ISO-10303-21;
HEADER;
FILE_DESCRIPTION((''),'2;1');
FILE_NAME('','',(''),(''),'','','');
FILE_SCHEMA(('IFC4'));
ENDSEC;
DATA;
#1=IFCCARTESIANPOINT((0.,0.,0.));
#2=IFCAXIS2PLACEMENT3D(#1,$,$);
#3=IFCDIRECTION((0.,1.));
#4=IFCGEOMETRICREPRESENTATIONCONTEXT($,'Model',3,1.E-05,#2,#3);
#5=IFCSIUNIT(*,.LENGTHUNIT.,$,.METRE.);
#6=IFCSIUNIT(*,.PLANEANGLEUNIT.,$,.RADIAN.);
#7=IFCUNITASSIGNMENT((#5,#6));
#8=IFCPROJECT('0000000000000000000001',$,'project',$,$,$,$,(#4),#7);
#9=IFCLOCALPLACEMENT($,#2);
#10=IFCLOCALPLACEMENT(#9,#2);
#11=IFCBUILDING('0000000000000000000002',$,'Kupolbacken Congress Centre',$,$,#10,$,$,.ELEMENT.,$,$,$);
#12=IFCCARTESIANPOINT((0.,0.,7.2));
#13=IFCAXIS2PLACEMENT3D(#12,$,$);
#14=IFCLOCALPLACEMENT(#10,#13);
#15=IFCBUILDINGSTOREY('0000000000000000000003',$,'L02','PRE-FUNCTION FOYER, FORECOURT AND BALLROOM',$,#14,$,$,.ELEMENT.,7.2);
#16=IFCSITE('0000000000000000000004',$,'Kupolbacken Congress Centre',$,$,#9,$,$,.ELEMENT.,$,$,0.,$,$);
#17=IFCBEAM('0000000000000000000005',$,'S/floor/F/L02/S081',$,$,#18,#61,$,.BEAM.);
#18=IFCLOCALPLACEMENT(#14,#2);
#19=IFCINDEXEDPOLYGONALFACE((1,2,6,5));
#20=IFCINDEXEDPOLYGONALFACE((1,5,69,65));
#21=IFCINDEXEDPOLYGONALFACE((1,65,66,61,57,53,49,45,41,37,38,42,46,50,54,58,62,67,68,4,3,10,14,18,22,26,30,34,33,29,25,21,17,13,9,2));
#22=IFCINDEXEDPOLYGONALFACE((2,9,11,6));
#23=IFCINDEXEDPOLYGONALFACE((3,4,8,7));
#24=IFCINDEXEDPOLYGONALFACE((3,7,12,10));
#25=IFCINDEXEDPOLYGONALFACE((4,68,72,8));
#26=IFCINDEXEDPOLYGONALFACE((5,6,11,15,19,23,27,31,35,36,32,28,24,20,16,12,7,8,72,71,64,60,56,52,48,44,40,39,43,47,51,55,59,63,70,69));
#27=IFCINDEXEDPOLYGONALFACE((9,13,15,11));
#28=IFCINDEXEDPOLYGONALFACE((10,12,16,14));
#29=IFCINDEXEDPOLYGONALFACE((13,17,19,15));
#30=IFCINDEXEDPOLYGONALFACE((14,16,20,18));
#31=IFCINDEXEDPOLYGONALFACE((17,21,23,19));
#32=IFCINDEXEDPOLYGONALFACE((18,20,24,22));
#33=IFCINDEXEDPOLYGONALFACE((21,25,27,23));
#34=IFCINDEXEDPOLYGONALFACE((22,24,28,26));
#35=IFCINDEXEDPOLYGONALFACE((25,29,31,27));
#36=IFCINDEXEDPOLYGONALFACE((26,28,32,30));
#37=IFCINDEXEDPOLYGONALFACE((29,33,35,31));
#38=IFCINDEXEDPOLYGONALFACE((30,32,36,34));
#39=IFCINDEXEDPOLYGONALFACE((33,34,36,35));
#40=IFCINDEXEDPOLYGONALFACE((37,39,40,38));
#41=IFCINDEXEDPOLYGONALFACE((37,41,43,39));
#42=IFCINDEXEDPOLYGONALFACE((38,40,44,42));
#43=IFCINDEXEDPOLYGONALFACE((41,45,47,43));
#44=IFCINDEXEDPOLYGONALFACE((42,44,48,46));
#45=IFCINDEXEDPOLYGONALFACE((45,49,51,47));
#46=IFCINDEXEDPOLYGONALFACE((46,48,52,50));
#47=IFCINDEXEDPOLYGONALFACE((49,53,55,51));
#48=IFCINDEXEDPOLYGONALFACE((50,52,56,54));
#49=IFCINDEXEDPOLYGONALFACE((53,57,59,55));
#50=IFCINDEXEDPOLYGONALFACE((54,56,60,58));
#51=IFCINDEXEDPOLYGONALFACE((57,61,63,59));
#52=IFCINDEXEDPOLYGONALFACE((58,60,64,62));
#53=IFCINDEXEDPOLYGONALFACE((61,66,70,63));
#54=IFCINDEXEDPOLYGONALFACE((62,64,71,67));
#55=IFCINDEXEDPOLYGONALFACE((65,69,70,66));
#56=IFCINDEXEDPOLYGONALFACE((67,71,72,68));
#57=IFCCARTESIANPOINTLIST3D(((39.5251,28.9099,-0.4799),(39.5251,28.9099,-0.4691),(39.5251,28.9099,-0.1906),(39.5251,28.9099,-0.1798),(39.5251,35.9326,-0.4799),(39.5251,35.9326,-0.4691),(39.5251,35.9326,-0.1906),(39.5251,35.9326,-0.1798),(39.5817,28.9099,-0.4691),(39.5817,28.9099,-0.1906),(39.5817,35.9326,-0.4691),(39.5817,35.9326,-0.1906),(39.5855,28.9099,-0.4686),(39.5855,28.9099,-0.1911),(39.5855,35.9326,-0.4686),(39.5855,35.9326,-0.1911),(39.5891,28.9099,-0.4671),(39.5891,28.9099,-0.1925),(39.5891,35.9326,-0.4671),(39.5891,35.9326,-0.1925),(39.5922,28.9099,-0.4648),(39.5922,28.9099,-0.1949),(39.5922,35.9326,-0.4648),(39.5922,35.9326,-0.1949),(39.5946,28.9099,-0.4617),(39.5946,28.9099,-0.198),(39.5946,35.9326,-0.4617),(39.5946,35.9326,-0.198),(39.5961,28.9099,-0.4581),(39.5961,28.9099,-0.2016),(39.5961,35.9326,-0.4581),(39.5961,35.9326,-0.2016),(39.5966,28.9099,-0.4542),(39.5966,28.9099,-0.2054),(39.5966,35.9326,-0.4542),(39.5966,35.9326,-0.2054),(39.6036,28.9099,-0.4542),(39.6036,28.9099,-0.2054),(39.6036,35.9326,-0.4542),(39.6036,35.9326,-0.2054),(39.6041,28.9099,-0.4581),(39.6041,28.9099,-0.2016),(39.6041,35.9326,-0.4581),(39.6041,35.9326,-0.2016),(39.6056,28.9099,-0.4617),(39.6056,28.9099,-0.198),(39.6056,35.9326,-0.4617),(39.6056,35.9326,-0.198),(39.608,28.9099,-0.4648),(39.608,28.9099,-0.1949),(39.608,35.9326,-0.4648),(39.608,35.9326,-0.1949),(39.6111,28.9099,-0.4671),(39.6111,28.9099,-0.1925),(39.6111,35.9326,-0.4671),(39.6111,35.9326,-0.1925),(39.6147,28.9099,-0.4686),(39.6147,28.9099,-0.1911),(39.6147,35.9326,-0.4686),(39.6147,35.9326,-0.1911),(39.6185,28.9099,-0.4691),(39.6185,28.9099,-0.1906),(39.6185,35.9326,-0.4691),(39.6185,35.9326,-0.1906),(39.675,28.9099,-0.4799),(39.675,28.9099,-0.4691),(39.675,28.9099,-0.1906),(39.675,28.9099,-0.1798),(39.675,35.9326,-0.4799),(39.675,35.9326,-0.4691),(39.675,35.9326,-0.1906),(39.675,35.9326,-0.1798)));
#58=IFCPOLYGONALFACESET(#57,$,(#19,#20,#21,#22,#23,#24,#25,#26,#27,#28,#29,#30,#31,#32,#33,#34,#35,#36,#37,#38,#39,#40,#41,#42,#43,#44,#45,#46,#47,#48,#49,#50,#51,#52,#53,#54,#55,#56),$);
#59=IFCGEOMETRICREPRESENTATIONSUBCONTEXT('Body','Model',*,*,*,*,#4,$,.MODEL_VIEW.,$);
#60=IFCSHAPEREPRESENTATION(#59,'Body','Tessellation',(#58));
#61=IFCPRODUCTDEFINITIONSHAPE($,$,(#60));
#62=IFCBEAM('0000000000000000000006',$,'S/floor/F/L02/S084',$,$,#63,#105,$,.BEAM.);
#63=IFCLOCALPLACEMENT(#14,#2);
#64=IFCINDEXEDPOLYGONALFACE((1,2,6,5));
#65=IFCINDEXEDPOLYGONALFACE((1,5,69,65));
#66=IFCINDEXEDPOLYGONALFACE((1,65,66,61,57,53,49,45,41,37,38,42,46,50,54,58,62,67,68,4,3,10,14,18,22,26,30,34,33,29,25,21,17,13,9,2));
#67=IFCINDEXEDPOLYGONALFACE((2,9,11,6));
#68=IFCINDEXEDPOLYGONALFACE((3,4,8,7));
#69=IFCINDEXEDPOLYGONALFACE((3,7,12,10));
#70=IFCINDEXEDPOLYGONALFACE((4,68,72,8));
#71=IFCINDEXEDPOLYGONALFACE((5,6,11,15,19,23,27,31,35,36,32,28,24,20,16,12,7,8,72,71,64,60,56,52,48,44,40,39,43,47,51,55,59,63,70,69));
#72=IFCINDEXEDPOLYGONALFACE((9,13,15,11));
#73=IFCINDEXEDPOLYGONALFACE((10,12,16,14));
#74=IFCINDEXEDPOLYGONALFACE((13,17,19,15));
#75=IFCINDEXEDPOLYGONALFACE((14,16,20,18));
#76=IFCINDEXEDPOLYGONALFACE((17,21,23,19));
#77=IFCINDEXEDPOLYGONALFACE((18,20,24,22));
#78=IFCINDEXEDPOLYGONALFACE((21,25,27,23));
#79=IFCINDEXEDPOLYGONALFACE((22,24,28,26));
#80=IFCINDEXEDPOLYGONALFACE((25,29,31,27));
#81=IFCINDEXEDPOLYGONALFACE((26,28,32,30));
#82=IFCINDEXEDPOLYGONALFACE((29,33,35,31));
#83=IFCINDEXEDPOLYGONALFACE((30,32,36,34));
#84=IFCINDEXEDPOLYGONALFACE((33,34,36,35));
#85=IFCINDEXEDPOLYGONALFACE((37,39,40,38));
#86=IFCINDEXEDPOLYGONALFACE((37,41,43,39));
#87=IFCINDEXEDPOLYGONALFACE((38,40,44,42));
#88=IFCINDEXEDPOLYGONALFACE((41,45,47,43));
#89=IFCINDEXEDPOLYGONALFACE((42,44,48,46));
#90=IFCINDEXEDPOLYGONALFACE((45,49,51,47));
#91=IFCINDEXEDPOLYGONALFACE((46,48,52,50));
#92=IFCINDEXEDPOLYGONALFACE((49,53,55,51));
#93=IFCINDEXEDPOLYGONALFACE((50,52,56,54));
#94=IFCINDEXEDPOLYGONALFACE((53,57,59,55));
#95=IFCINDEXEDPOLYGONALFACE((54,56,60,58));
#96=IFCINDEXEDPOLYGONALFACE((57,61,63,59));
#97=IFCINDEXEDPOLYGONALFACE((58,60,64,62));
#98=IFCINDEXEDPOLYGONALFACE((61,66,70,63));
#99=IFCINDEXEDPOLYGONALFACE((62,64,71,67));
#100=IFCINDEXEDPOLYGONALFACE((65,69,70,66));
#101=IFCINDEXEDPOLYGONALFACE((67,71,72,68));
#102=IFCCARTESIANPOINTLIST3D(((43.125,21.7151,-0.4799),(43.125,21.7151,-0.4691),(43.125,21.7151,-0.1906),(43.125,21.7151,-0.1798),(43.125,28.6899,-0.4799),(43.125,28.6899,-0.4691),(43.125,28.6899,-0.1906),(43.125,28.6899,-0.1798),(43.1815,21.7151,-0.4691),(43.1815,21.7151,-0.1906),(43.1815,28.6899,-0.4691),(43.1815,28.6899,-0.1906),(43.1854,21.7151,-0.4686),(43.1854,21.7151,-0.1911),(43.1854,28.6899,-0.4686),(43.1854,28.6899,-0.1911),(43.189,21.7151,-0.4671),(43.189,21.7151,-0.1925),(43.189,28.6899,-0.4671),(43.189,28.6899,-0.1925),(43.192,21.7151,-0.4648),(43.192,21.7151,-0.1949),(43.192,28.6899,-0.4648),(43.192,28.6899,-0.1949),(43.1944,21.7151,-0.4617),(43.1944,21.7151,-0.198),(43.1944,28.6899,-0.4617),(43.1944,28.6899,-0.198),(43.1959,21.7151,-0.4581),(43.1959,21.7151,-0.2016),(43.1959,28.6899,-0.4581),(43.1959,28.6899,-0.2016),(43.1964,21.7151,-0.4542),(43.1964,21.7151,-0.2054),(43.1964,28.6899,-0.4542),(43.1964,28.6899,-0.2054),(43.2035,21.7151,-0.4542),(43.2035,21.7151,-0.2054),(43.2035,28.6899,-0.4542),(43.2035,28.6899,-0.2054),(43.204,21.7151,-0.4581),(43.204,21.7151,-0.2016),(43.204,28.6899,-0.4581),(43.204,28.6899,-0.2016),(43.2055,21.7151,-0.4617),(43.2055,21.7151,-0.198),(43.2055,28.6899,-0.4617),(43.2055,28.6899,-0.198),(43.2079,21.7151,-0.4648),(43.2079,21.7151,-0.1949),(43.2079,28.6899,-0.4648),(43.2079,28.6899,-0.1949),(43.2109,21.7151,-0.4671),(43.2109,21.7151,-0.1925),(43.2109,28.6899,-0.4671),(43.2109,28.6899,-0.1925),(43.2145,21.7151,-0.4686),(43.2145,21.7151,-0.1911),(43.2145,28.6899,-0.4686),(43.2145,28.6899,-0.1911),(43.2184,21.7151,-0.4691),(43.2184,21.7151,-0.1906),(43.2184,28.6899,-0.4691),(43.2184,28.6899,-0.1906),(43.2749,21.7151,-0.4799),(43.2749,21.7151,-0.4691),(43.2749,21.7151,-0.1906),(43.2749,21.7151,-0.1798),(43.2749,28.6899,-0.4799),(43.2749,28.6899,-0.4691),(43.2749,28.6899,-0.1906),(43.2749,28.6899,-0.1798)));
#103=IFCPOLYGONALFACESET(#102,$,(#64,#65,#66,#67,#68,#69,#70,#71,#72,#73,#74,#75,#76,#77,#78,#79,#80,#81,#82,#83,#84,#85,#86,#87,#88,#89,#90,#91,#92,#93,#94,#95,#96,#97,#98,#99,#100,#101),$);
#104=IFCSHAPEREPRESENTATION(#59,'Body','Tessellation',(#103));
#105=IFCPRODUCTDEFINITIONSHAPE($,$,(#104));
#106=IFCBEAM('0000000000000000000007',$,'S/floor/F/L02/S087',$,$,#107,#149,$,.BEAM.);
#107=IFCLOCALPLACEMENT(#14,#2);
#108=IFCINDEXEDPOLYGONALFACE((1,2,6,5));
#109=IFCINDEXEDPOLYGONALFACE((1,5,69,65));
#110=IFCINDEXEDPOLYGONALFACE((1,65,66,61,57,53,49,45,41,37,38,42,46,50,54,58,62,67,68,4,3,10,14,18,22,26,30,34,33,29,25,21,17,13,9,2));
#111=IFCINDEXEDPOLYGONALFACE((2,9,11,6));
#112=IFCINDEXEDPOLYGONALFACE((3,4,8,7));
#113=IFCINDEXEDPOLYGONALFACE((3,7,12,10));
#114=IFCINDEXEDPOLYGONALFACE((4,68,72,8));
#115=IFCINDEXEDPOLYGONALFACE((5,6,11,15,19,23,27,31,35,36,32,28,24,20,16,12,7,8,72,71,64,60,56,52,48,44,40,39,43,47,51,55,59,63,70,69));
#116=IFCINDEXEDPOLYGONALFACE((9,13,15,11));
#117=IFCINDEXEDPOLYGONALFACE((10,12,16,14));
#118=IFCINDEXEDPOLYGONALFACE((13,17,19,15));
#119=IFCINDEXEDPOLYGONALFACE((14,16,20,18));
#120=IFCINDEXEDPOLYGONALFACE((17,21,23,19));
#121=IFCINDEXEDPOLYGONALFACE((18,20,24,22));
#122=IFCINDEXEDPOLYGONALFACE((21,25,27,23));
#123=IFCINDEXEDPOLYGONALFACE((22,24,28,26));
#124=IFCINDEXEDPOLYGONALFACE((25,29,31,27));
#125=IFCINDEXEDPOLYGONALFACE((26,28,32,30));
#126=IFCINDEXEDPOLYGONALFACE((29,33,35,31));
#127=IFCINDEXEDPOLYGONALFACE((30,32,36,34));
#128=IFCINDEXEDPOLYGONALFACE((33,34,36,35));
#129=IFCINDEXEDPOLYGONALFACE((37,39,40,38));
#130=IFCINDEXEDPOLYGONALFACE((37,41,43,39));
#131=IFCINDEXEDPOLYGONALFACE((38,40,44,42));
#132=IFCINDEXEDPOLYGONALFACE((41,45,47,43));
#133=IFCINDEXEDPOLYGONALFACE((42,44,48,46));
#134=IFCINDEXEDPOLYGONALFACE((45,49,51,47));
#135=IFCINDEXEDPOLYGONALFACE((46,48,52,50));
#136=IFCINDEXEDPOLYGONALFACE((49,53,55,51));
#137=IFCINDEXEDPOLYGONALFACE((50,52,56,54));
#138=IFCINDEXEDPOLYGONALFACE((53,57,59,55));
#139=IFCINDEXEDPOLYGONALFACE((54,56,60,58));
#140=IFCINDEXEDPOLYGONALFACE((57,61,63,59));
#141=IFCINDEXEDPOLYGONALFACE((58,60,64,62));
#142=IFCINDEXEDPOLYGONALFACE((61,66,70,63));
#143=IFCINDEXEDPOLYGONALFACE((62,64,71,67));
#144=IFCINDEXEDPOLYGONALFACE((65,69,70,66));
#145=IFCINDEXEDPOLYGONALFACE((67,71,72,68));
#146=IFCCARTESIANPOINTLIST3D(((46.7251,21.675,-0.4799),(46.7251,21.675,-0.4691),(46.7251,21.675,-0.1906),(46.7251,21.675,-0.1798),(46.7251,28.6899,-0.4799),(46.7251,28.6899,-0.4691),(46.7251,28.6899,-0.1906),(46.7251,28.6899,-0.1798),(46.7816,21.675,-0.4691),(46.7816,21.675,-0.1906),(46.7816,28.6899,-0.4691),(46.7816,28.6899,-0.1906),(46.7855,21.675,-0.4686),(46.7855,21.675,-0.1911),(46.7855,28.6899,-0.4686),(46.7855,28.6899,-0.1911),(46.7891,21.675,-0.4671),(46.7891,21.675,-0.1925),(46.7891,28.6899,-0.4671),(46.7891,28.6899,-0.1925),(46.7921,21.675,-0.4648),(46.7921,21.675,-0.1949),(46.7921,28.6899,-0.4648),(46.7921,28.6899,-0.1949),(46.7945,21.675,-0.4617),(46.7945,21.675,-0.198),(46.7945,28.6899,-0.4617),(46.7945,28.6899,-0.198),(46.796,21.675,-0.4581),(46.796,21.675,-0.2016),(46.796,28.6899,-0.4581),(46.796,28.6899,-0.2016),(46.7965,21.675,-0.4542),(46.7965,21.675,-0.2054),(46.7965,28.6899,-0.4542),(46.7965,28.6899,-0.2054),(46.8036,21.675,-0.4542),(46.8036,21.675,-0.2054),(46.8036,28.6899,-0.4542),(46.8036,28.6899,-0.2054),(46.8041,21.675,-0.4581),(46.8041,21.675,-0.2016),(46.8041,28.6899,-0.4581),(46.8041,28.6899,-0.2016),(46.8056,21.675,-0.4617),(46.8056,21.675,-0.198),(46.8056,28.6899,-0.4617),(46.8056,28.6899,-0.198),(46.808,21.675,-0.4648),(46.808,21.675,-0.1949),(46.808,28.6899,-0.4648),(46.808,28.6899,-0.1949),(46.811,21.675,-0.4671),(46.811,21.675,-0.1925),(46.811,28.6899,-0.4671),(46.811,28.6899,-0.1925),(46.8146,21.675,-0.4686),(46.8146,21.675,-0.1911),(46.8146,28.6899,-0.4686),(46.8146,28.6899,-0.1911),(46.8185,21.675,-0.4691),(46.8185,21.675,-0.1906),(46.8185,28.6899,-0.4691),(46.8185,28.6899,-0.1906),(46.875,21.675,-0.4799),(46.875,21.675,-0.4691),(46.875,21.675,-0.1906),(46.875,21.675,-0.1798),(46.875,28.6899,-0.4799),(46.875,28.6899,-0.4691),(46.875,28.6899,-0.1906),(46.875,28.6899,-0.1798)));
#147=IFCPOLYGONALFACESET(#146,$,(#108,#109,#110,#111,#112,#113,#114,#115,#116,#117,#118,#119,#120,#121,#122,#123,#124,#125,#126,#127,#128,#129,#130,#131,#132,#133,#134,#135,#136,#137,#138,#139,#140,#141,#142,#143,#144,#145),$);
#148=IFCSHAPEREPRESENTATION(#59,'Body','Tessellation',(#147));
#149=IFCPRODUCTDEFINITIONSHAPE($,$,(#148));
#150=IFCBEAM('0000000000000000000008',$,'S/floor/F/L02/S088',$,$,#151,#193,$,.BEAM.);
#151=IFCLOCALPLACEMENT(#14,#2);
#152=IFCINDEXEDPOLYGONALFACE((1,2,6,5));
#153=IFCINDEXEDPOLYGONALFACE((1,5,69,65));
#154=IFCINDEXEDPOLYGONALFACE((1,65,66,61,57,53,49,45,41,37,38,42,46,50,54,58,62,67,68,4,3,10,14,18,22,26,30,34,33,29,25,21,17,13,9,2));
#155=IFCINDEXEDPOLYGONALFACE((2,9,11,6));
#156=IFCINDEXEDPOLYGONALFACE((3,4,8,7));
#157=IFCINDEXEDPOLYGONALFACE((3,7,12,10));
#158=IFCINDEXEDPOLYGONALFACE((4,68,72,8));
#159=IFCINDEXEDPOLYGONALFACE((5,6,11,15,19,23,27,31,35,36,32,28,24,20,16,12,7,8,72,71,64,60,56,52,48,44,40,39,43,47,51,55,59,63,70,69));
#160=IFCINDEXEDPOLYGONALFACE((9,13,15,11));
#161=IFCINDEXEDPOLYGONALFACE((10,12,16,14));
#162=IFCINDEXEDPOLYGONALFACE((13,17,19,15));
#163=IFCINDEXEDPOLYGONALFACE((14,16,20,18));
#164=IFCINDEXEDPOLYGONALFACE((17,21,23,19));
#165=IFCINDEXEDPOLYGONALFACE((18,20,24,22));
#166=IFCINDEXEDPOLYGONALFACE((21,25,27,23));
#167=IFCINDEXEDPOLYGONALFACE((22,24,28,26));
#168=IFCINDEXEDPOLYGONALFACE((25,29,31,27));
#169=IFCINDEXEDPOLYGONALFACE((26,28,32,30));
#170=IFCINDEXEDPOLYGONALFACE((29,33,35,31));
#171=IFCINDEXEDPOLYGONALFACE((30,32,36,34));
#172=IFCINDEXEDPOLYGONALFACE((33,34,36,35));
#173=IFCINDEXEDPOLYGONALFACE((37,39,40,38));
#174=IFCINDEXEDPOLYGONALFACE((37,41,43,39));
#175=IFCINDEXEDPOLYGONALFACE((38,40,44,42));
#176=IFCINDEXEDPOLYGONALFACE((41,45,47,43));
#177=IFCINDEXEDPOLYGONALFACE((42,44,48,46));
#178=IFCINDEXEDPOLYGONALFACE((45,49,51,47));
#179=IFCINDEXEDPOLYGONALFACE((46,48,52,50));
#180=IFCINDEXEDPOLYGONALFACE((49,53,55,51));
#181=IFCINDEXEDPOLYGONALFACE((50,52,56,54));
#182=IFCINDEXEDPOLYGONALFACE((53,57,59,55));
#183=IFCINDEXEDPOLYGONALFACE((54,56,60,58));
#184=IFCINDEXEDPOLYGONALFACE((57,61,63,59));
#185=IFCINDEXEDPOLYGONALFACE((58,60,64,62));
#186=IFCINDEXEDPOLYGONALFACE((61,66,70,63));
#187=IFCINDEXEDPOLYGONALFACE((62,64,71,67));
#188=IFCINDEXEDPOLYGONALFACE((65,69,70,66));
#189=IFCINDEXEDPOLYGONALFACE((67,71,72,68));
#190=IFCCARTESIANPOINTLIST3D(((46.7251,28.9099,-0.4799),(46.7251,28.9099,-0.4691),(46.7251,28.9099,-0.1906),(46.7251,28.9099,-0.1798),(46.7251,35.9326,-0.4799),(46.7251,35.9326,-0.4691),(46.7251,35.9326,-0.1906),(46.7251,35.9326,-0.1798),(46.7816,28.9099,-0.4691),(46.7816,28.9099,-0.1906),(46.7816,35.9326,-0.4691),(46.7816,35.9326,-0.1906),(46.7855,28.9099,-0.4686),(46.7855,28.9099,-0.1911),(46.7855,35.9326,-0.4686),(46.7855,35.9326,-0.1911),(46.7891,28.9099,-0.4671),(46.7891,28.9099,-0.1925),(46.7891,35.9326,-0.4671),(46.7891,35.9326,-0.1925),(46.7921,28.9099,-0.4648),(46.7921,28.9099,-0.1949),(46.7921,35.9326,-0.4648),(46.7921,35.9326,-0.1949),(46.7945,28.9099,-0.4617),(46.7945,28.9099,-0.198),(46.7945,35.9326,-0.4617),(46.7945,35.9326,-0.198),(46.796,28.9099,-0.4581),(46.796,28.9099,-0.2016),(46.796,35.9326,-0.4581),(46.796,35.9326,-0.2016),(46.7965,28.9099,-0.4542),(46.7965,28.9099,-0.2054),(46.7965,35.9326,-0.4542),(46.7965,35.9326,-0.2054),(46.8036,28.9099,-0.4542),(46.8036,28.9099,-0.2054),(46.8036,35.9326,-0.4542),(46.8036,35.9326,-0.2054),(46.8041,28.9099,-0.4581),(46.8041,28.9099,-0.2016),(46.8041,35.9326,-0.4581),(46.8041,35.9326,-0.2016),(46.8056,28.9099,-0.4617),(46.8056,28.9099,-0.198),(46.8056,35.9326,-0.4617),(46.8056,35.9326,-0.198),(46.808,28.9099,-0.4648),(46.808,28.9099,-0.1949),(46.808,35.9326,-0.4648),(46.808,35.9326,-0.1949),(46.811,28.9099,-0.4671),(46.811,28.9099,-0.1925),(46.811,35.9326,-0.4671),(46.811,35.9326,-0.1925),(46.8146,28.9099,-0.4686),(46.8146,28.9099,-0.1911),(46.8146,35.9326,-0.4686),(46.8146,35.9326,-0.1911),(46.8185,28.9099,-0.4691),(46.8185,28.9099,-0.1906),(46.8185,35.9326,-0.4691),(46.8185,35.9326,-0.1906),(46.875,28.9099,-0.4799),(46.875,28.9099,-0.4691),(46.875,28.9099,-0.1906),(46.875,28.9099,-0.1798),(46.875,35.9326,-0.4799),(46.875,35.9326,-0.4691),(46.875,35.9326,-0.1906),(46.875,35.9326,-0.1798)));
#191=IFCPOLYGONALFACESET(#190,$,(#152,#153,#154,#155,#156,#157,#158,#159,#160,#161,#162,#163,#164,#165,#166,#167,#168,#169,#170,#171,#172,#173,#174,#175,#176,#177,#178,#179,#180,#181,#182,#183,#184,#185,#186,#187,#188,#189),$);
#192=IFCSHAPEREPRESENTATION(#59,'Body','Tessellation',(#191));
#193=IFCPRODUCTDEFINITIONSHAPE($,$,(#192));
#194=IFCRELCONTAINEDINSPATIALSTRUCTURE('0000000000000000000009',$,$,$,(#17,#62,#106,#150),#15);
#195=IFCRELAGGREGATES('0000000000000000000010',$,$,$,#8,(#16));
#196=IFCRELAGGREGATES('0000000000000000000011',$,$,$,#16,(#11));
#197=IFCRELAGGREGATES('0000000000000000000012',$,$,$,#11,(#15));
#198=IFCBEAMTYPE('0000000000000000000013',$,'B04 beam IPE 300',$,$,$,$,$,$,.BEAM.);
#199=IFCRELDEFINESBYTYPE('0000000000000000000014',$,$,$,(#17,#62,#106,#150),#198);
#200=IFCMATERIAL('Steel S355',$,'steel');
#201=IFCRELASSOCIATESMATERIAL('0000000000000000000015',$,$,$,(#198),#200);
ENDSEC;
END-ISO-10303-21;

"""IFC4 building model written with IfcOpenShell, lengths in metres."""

from ifc_helpers import new_model, si_unit, direction, frame, origin, origin_2d, place, context, subcontext, project, spatial, i_section, extrude, material, material_profile, profile_set, type_object, element, save


model = new_model("IFC4")

# Units and contexts
model_context = context("Model", 3, precision=1e-05, world=origin(), true_north=direction((0.0, 1.0)))
body_context = subcontext(model_context, "Body", "Model", "MODEL_VIEW")
ifc_project = project(units=[si_unit("LENGTHUNIT", "METRE"), si_unit("PLANEANGLEUNIT", "RADIAN")], contexts=[model_context])

# Site, building, storey
site_placement = place(None, origin())
site = spatial("IfcSite", under=ifc_project, at=site_placement, Name="Kupolbacken Congress Centre", CompositionType="ELEMENT", RefElevation=0.0)
building_placement = place(site_placement, origin())
building = spatial("IfcBuilding", under=site, at=building_placement, Name="Kupolbacken Congress Centre", CompositionType="ELEMENT")
storey_placement = place(building_placement, frame((0.0, 0.0, 7.2)))
storey = spatial("IfcBuildingStorey", under=building, at=storey_placement, Name="L02", Description="PRE-FUNCTION FOYER, FORECOURT AND BALLROOM", CompositionType="ELEMENT", Elevation=7.2)

# Beams
ifc_material_1 = material(Name="Steel S355", Category="steel")
ifc_material_profile_1 = material_profile(ifc_material_1, i_section(OverallWidth=0.1499, OverallDepth=0.3, WebThickness=0.0071, FlangeThickness=0.0107, FilletRadius=0.0149, at=origin_2d()), Name="IPE 300")
ifc_profile_set_1 = profile_set([ifc_material_profile_1], Name="Steel S355")
beam_type_1 = type_object("IfcBeamType", Name="B04 beam IPE 300", PredefinedType="BEAM", material=ifc_profile_set_1)
beam_1_placement = place(storey_placement, frame((39.6001, 28.9099, -0.3298), z_axis=(0.0, 1.0, 0.0), x_axis=(-1.0, 0.0, 0.0)))
element("IfcBeam", 1, at=beam_1_placement, inside=storey, type_object=beam_type_1, Name="S/floor/F/L02/S081", PredefinedType="BEAM", context=body_context, shape_type="SweptSolid", body=[
    extrude(i_section(OverallWidth=0.1499, OverallDepth=0.3, WebThickness=0.0071, FlangeThickness=0.0107, FilletRadius=0.0149, at=origin_2d()), origin(), (0.0, 0.0, 1.0), 7.0227),
])
beam_2_placement = place(storey_placement, frame((43.2, 21.7151, -0.3298), z_axis=(0.0, 1.0, 0.0), x_axis=(-1.0, 0.0, 0.0)))
element("IfcBeam", 2, at=beam_2_placement, inside=storey, type_object=beam_type_1, Name="S/floor/F/L02/S084", PredefinedType="BEAM", context=body_context, shape_type="SweptSolid", body=[
    extrude(i_section(OverallWidth=0.1499, OverallDepth=0.3, WebThickness=0.0071, FlangeThickness=0.0107, FilletRadius=0.0149, at=origin_2d()), origin(), (0.0, 0.0, 1.0), 6.9749),
])
beam_3_placement = place(storey_placement, frame((46.8, 21.675, -0.3298), z_axis=(0.0, 1.0, 0.0), x_axis=(-1.0, 0.0, 0.0)))
element("IfcBeam", 3, at=beam_3_placement, inside=storey, type_object=beam_type_1, Name="S/floor/F/L02/S087", PredefinedType="BEAM", context=body_context, shape_type="SweptSolid", body=[
    extrude(i_section(OverallWidth=0.1499, OverallDepth=0.3, WebThickness=0.0071, FlangeThickness=0.0107, FilletRadius=0.0149, at=origin_2d()), origin(), (0.0, 0.0, 1.0), 7.0149),
])
beam_4_placement = place(storey_placement, frame((46.8, 28.9099, -0.3298), z_axis=(0.0, 1.0, 0.0), x_axis=(-1.0, 0.0, 0.0)))
element("IfcBeam", 4, at=beam_4_placement, inside=storey, type_object=beam_type_1, Name="S/floor/F/L02/S088", PredefinedType="BEAM", context=body_context, shape_type="SweptSolid", body=[
    extrude(i_section(OverallWidth=0.1499, OverallDepth=0.3, WebThickness=0.0071, FlangeThickness=0.0107, FilletRadius=0.0149, at=origin_2d()), origin(), (0.0, 0.0, 1.0), 7.0227),
])

save(model, "model.ifc")
